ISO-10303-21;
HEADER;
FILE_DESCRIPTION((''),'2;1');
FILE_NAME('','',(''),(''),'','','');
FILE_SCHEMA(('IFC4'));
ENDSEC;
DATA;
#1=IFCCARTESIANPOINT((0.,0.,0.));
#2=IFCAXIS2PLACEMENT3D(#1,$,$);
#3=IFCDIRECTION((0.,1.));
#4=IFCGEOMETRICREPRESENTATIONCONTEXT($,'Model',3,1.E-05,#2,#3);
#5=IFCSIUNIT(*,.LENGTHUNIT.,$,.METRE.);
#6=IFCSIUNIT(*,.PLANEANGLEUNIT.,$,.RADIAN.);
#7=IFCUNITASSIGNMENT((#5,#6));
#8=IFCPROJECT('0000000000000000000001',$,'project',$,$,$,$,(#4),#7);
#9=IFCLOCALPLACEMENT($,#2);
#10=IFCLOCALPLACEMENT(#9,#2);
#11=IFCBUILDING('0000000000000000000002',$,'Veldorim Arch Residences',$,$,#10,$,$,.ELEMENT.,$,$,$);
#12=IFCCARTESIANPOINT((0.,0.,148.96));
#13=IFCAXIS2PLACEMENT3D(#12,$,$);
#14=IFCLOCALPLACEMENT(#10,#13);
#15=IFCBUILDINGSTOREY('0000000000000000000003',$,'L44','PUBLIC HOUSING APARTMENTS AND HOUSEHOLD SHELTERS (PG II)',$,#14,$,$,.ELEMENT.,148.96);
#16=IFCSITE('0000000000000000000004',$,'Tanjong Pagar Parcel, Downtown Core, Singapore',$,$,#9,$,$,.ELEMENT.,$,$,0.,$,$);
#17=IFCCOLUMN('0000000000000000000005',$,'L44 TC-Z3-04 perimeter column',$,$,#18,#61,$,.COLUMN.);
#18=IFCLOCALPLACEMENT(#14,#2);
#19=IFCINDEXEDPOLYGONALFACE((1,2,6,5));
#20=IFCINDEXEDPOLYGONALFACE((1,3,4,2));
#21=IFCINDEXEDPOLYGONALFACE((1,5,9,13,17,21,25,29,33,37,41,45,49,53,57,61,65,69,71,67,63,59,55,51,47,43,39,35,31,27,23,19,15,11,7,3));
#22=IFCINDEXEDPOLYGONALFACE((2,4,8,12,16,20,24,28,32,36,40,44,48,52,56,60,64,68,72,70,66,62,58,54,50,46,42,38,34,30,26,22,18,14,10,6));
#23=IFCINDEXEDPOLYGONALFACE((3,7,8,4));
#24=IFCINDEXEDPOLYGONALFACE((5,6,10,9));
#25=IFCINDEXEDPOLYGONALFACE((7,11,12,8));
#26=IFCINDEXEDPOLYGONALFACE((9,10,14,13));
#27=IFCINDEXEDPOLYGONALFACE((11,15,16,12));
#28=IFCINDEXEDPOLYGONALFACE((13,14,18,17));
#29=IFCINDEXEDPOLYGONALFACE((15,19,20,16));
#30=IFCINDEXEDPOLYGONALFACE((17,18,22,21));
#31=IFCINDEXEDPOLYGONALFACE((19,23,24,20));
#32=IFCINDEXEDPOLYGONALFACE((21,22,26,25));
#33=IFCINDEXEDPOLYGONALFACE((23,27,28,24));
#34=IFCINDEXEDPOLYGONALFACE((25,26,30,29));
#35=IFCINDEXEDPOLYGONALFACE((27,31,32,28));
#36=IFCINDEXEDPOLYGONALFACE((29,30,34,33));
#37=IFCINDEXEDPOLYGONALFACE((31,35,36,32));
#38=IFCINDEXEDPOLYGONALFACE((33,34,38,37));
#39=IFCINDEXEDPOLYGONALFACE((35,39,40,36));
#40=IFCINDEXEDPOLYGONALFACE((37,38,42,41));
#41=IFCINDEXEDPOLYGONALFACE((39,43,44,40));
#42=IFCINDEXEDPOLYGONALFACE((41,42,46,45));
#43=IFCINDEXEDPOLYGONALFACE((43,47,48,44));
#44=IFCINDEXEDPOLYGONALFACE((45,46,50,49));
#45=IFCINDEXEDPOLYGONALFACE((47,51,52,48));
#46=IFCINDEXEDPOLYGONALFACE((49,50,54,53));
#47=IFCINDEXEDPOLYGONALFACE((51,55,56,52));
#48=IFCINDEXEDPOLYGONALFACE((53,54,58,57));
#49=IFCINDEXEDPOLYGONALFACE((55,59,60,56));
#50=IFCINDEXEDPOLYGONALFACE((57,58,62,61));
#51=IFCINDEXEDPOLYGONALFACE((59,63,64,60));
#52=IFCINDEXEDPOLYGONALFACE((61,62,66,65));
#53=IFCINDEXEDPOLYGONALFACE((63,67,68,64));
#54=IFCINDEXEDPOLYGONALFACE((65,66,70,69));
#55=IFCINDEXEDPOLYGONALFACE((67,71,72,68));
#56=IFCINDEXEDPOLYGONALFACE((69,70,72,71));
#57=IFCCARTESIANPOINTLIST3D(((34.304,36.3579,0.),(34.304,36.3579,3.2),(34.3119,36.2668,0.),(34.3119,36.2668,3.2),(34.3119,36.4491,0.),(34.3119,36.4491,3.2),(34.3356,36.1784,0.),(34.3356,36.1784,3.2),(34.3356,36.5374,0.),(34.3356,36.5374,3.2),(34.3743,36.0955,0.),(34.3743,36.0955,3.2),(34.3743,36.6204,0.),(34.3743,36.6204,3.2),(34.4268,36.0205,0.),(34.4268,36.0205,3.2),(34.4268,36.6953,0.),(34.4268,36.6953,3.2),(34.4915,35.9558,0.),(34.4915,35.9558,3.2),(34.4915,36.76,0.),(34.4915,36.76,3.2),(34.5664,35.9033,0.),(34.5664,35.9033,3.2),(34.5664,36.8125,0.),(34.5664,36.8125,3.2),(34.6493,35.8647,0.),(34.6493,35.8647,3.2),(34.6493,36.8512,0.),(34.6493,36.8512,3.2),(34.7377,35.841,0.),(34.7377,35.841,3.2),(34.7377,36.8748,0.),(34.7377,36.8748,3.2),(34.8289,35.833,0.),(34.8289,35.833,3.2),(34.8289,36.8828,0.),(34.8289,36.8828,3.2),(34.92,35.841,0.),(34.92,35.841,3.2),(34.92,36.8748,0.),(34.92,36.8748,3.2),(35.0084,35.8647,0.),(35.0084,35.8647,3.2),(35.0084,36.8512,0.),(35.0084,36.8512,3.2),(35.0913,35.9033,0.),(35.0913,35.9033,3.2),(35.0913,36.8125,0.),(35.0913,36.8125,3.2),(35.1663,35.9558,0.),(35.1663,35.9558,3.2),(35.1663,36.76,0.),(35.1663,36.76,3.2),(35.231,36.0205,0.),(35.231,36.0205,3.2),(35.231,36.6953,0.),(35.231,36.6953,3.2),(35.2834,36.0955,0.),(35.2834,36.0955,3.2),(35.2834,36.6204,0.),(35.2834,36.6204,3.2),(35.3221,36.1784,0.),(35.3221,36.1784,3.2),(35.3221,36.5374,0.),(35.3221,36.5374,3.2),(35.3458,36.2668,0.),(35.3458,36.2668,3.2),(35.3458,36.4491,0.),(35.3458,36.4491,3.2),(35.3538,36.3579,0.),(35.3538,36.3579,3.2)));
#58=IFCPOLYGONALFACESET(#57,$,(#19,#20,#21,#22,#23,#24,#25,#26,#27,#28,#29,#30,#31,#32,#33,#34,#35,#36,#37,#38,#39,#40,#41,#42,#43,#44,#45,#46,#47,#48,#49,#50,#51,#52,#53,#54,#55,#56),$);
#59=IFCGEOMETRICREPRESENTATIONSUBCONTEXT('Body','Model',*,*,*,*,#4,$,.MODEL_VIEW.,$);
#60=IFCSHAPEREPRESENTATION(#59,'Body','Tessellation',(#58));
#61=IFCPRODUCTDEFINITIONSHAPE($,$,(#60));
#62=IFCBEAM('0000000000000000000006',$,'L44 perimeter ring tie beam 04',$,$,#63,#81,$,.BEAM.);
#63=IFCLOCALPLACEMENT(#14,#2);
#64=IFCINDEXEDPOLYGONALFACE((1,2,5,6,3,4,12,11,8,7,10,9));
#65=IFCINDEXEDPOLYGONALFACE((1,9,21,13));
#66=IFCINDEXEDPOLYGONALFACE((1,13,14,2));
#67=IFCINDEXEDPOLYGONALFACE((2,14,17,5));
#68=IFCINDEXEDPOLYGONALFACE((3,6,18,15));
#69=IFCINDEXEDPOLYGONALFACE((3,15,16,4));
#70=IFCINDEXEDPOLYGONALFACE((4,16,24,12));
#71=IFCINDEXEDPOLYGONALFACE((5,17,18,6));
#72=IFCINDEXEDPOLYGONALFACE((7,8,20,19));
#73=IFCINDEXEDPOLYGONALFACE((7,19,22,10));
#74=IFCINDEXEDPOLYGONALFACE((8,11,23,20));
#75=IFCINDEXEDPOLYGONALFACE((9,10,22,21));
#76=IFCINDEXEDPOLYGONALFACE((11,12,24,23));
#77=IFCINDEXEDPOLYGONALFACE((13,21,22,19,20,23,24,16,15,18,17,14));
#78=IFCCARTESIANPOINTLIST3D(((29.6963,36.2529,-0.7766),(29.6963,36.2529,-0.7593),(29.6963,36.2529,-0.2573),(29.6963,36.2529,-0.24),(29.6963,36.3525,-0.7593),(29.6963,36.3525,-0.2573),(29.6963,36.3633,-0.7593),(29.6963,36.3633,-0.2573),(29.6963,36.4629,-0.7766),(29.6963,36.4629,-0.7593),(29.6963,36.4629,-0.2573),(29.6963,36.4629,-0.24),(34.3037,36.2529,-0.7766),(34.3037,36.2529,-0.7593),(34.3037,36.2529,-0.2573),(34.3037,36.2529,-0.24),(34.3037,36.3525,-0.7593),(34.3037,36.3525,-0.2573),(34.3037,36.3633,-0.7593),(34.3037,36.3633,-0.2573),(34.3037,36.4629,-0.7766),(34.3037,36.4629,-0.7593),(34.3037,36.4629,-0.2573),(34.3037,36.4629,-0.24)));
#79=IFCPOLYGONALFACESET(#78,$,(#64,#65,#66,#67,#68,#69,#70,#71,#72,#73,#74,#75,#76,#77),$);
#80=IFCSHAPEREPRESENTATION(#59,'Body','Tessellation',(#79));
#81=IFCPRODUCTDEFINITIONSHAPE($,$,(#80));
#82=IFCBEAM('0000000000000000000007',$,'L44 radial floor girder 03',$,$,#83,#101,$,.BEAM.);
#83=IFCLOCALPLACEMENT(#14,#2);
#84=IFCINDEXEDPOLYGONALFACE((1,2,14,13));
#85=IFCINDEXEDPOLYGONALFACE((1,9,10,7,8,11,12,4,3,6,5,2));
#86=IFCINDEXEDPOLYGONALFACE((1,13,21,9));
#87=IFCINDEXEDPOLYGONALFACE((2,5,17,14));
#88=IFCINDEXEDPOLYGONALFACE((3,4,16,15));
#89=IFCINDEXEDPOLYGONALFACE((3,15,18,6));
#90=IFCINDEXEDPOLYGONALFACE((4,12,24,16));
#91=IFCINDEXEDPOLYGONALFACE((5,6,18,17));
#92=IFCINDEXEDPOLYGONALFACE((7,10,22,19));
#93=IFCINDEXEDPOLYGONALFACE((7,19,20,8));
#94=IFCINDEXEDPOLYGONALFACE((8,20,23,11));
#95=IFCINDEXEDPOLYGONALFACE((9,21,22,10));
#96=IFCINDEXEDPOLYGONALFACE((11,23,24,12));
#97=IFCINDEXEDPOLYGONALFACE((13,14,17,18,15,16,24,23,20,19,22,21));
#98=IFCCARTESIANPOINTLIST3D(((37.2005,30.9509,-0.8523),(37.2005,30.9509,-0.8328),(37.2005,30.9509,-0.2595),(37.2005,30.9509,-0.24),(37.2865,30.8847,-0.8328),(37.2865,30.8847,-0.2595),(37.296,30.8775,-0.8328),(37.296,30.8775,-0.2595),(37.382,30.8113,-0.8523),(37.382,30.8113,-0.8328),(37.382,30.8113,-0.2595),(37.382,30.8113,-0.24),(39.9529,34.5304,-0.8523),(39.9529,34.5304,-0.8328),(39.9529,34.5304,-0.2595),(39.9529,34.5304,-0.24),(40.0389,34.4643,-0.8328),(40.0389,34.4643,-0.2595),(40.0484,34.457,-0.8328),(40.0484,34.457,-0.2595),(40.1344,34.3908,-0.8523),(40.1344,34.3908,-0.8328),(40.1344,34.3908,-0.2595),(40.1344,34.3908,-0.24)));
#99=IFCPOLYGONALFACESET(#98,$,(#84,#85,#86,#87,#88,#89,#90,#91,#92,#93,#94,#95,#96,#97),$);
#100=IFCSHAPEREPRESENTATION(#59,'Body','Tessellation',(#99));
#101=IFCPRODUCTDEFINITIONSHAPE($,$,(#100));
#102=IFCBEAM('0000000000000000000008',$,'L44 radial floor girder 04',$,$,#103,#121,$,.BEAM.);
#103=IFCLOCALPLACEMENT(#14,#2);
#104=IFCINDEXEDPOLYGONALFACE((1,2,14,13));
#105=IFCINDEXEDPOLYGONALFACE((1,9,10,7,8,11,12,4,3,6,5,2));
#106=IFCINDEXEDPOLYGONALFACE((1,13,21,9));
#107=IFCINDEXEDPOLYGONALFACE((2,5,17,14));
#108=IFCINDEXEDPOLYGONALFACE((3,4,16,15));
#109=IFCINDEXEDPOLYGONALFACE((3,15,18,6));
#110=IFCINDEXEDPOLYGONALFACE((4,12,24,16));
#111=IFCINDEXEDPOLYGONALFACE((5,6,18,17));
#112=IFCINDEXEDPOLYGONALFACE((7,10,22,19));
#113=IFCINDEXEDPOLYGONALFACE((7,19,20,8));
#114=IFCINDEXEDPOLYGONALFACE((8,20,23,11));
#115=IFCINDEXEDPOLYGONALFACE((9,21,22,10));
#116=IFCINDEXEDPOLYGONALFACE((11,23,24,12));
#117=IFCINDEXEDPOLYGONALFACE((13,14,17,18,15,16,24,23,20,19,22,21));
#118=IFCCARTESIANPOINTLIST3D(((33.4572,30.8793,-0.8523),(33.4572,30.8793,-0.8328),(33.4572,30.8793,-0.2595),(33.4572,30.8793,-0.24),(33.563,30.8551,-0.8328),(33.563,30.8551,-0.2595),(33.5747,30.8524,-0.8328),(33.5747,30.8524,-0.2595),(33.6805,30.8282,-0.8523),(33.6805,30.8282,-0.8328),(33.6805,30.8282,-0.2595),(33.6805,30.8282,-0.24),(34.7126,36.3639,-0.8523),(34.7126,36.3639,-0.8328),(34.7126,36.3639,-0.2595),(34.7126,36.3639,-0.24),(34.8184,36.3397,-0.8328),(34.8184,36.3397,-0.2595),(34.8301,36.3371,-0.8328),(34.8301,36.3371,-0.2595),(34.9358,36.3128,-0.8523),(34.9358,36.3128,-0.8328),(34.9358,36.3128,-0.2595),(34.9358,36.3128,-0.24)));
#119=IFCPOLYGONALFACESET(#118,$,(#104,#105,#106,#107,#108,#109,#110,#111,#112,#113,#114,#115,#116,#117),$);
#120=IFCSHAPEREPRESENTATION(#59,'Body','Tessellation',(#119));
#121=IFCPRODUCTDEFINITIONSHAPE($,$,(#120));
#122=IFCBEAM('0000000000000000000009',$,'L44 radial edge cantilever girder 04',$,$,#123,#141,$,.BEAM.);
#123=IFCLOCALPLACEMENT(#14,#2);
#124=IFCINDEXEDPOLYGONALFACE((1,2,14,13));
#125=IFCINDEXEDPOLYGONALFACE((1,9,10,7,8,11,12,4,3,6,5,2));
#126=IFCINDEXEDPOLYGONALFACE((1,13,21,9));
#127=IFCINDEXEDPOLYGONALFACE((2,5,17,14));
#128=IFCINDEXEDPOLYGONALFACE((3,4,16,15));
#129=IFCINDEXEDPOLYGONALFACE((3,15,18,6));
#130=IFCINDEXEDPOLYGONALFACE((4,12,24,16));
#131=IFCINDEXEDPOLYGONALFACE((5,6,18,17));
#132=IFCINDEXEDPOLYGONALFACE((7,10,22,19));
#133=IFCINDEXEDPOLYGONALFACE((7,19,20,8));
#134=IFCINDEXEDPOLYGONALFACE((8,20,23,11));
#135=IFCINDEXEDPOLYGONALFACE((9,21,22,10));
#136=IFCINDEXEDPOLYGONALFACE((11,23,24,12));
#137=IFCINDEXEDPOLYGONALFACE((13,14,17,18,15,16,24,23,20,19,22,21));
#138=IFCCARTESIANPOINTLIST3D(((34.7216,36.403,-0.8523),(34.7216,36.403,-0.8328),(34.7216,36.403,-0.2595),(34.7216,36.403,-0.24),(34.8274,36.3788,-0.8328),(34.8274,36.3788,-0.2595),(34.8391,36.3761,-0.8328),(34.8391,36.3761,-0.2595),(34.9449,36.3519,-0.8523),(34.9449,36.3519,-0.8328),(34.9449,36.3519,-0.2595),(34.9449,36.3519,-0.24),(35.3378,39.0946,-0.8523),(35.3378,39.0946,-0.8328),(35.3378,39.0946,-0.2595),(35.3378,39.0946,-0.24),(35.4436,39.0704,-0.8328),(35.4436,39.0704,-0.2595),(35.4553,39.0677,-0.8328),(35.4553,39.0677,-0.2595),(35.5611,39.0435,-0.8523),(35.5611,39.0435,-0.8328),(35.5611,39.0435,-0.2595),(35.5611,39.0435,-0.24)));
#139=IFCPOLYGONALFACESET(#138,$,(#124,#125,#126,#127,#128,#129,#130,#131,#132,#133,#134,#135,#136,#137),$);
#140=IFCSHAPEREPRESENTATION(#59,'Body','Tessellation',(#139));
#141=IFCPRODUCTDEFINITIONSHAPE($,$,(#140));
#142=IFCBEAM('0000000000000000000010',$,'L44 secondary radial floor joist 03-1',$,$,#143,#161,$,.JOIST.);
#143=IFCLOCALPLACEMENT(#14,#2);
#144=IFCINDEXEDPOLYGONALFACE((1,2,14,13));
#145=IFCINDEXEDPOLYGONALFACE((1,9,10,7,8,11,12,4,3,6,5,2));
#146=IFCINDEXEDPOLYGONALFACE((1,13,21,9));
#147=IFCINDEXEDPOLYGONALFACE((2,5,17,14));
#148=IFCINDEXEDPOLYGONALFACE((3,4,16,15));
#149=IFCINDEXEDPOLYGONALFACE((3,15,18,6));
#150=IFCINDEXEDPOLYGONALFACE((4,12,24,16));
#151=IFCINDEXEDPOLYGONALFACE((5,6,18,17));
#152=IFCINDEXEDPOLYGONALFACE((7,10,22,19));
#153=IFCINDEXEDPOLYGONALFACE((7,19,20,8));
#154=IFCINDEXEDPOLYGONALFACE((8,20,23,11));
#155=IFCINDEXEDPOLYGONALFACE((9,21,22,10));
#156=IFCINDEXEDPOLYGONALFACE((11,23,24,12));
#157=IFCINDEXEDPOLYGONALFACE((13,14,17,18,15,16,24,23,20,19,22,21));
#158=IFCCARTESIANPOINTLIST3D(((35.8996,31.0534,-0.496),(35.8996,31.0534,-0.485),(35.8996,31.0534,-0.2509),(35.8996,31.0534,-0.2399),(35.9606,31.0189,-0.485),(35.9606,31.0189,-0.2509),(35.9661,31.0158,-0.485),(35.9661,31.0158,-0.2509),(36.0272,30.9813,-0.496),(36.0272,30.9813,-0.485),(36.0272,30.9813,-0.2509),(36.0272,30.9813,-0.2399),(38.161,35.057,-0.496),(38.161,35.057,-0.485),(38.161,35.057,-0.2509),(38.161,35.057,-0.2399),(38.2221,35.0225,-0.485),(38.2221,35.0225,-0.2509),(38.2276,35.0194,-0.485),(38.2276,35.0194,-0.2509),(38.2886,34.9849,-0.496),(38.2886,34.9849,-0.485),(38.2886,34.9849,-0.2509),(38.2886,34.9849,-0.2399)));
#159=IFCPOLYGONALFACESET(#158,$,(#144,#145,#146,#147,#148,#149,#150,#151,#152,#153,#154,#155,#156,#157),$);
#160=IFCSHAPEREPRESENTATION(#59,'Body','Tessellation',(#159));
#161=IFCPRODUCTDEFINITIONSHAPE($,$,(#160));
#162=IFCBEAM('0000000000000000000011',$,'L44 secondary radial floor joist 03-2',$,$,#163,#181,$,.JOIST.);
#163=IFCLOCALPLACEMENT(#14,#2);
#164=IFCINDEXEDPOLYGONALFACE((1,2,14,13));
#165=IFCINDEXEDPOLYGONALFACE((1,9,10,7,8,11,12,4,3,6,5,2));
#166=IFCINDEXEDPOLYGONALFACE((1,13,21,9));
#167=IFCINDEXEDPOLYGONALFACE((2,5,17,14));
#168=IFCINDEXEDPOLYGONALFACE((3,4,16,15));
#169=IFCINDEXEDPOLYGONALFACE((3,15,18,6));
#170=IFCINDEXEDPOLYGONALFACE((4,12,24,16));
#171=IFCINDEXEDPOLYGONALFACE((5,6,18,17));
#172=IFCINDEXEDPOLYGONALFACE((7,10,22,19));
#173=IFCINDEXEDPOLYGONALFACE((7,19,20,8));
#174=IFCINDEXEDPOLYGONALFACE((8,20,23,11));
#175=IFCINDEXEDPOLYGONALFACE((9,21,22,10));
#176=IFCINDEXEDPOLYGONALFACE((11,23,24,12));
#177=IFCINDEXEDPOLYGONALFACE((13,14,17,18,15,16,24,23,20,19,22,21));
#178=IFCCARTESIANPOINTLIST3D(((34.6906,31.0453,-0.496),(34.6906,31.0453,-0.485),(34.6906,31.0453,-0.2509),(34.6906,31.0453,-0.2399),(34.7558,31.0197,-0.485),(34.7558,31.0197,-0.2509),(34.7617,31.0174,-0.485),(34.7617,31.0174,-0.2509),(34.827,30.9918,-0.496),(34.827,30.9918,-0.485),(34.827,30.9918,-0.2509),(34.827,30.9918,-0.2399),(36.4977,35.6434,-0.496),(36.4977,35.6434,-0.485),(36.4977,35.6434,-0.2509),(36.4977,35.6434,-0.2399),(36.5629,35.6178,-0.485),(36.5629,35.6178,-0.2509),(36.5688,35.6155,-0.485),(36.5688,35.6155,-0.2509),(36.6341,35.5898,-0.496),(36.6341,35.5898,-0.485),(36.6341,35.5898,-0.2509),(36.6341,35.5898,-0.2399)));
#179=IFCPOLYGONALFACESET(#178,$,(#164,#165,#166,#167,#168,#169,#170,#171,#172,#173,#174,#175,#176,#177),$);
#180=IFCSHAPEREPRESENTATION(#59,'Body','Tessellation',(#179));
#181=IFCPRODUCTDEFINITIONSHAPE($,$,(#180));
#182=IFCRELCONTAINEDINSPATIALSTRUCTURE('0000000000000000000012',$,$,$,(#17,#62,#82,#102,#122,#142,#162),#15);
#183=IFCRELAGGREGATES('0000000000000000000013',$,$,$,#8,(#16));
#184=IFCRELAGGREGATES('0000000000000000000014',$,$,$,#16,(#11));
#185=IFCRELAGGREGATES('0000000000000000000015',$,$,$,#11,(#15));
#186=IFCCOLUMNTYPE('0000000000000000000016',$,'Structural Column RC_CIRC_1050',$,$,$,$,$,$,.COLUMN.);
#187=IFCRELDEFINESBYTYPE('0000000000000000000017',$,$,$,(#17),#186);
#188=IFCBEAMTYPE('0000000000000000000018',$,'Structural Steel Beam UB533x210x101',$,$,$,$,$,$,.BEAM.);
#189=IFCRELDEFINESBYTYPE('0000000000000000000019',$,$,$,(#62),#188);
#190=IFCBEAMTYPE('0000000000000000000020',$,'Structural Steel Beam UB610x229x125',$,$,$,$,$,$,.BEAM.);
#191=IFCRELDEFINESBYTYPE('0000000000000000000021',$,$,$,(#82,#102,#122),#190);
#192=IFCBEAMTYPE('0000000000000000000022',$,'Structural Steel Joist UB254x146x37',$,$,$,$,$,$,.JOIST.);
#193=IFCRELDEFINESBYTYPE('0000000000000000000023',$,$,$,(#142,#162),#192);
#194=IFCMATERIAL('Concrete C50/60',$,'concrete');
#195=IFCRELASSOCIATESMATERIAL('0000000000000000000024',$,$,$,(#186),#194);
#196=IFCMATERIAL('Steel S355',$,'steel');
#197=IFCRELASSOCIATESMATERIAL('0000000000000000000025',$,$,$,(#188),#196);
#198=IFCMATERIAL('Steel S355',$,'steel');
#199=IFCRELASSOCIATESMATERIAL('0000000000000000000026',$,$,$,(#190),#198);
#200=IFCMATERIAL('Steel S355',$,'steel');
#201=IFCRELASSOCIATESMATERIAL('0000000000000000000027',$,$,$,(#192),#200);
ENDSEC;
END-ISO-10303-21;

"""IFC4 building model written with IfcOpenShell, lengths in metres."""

from ifc_helpers import new_model, si_unit, direction, frame, origin, origin_2d, place, context, subcontext, project, spatial, circle, i_section, extrude, material, material_profile, profile_set, type_object, element, save


model = new_model("IFC4")

# Units and contexts
model_context = context("Model", 3, precision=1e-05, world=origin(), true_north=direction((0.0, 1.0)))
body_context = subcontext(model_context, "Body", "Model", "MODEL_VIEW")
ifc_project = project(units=[si_unit("LENGTHUNIT", "METRE"), si_unit("PLANEANGLEUNIT", "RADIAN")], contexts=[model_context])

# Site, building, storey
site_placement = place(None, origin())
site = spatial("IfcSite", under=ifc_project, at=site_placement, Name="Tanjong Pagar Parcel, Downtown Core, Singapore", CompositionType="ELEMENT", RefElevation=0.0)
building_placement = place(site_placement, origin())
building = spatial("IfcBuilding", under=site, at=building_placement, Name="Veldorim Arch Residences", CompositionType="ELEMENT")
storey_placement = place(building_placement, frame((0.0, 0.0, 148.96)))
storey = spatial("IfcBuildingStorey", under=building, at=storey_placement, Name="L44", Description="PUBLIC HOUSING APARTMENTS AND HOUSEHOLD SHELTERS (PG II)", CompositionType="ELEMENT", Elevation=148.96)

# Column
ifc_material_1 = material(Name="Concrete C50/60", Category="concrete")
ifc_material_profile_1 = material_profile(ifc_material_1, circle(Radius=0.5249, at=origin_2d()), Name="RC_CIRC_1050")
ifc_profile_set_1 = profile_set([ifc_material_profile_1], Name="Concrete C50/60")
column_type = type_object("IfcColumnType", Name="Structural Column RC_CIRC_1050", PredefinedType="COLUMN", material=ifc_profile_set_1)
column_placement = place(storey_placement, frame((34.8289, 36.3579, 0.0), z_axis=(0.0, 0.0, 1.0), x_axis=(1.0, 0.0, 0.0)))
element("IfcColumn", 1, at=column_placement, inside=storey, type_object=column_type, Name="L44 TC-Z3-04 perimeter column", PredefinedType="COLUMN", context=body_context, shape_type="SweptSolid", body=[
    extrude(circle(Radius=0.5249, at=origin_2d()), origin(), (0.0, 0.0, 1.0), 3.2),
])

# Beams
ifc_material_2 = material(Name="Steel S355", Category="steel")
ifc_material_profile_2 = material_profile(ifc_material_2, i_section(OverallWidth=0.21, OverallDepth=0.5366, WebThickness=0.0107, FlangeThickness=0.0173, at=origin_2d()), Name="UB533x210x101")
ifc_profile_set_2 = profile_set([ifc_material_profile_2], Name="Steel S355")
beam_type_1 = type_object("IfcBeamType", Name="Structural Steel Beam UB533x210x101", PredefinedType="BEAM", material=ifc_profile_set_2)
beam_1_placement = place(storey_placement, frame((34.3037, 36.3579, -0.5083), z_axis=(-1.0, 0.0, 0.0), x_axis=(0.0, -1.0, 0.0)))
element("IfcBeam", 2, at=beam_1_placement, inside=storey, type_object=beam_type_1, Name="L44 perimeter ring tie beam 04", PredefinedType="BEAM", context=body_context, shape_type="SweptSolid", body=[
    extrude(i_section(OverallWidth=0.21, OverallDepth=0.5366, WebThickness=0.0107, FlangeThickness=0.0173, at=origin_2d()), origin(), (0.0, 0.0, 1.0), 4.6074),
])
ifc_material_3 = material(Name="Steel S355", Category="steel")
ifc_material_profile_3 = material_profile(ifc_material_3, i_section(OverallWidth=0.229, OverallDepth=0.6123, WebThickness=0.012, FlangeThickness=0.0195, at=origin_2d()), Name="UB610x229x125")
ifc_profile_set_3 = profile_set([ifc_material_profile_3], Name="Steel S355")
beam_type_2 = type_object("IfcBeamType", Name="Structural Steel Beam UB610x229x125", PredefinedType="BEAM", material=ifc_profile_set_3)
beam_2_placement = place(storey_placement, frame((37.2913, 30.8811, -0.5461), z_axis=(0.609559, 0.792741, 0.0), x_axis=(-0.792741, 0.609559, 0.0)))
element("IfcBeam", 3, at=beam_2_placement, inside=storey, type_object=beam_type_2, Name="L44 radial floor girder 03", PredefinedType="BEAM", context=body_context, shape_type="SweptSolid", body=[
    extrude(i_section(OverallWidth=0.229, OverallDepth=0.6123, WebThickness=0.012, FlangeThickness=0.0195, at=origin_2d()), origin(), (0.0, 0.0, 1.0), 4.5154),
])
beam_3_placement = place(storey_placement, frame((33.5688, 30.8538, -0.5461), z_axis=(0.223119, 0.974791, 0.0), x_axis=(-0.974791, 0.223119, 0.0)))
element("IfcBeam", 4, at=beam_3_placement, inside=storey, type_object=beam_type_2, Name="L44 radial floor girder 04", PredefinedType="BEAM", context=body_context, shape_type="SweptSolid", body=[
    extrude(i_section(OverallWidth=0.229, OverallDepth=0.6123, WebThickness=0.012, FlangeThickness=0.0195, at=origin_2d()), origin(), (0.0, 0.0, 1.0), 5.6265),
])
beam_4_placement = place(storey_placement, frame((34.8333, 36.3774, -0.5461), z_axis=(0.223161, 0.974782, 0.0), x_axis=(-0.974782, 0.223161, 0.0)))
element("IfcBeam", 5, at=beam_4_placement, inside=storey, type_object=beam_type_2, Name="L44 radial edge cantilever girder 04", PredefinedType="BEAM", context=body_context, shape_type="SweptSolid", body=[
    extrude(i_section(OverallWidth=0.229, OverallDepth=0.6123, WebThickness=0.012, FlangeThickness=0.0195, at=origin_2d()), origin(), (0.0, 0.0, 1.0), 2.7612),
])
ifc_material_4 = material(Name="Steel S355", Category="steel")
ifc_material_profile_4 = material_profile(ifc_material_4, i_section(OverallWidth=0.1465, OverallDepth=0.2561, WebThickness=0.0063, FlangeThickness=0.011, at=origin_2d()), Name="UB254x146x37")
ifc_profile_set_4 = profile_set([ifc_material_profile_4], Name="Steel S355")
beam_type_3 = type_object("IfcBeamType", Name="Structural Steel Joist UB254x146x37", PredefinedType="JOIST", material=ifc_profile_set_4)
beam_5_placement = place(storey_placement, frame((35.9634, 31.0173, -0.3679), z_axis=(0.491816, 0.870699, 0.0), x_axis=(-0.870699, 0.491816, 0.0)))
element("IfcBeam", 6, at=beam_5_placement, inside=storey, type_object=beam_type_3, Name="L44 secondary radial floor joist 03-1", PredefinedType="JOIST", context=body_context, shape_type="SweptSolid", body=[
    extrude(i_section(OverallWidth=0.1465, OverallDepth=0.2561, WebThickness=0.0063, FlangeThickness=0.011, at=origin_2d()), origin(), (0.0, 0.0, 1.0), 4.5981),
])
beam_6_placement = place(storey_placement, frame((34.7588, 31.0186, -0.3679), z_axis=(0.365778, 0.930702, 0.0), x_axis=(-0.930702, 0.365778, 0.0)))
element("IfcBeam", 7, at=beam_6_placement, inside=storey, type_object=beam_type_3, Name="L44 secondary radial floor joist 03-2", PredefinedType="JOIST", context=body_context, shape_type="SweptSolid", body=[
    extrude(i_section(OverallWidth=0.1465, OverallDepth=0.2561, WebThickness=0.0063, FlangeThickness=0.011, at=origin_2d()), origin(), (0.0, 0.0, 1.0), 4.9404),
])

save(model, "model.ifc")
